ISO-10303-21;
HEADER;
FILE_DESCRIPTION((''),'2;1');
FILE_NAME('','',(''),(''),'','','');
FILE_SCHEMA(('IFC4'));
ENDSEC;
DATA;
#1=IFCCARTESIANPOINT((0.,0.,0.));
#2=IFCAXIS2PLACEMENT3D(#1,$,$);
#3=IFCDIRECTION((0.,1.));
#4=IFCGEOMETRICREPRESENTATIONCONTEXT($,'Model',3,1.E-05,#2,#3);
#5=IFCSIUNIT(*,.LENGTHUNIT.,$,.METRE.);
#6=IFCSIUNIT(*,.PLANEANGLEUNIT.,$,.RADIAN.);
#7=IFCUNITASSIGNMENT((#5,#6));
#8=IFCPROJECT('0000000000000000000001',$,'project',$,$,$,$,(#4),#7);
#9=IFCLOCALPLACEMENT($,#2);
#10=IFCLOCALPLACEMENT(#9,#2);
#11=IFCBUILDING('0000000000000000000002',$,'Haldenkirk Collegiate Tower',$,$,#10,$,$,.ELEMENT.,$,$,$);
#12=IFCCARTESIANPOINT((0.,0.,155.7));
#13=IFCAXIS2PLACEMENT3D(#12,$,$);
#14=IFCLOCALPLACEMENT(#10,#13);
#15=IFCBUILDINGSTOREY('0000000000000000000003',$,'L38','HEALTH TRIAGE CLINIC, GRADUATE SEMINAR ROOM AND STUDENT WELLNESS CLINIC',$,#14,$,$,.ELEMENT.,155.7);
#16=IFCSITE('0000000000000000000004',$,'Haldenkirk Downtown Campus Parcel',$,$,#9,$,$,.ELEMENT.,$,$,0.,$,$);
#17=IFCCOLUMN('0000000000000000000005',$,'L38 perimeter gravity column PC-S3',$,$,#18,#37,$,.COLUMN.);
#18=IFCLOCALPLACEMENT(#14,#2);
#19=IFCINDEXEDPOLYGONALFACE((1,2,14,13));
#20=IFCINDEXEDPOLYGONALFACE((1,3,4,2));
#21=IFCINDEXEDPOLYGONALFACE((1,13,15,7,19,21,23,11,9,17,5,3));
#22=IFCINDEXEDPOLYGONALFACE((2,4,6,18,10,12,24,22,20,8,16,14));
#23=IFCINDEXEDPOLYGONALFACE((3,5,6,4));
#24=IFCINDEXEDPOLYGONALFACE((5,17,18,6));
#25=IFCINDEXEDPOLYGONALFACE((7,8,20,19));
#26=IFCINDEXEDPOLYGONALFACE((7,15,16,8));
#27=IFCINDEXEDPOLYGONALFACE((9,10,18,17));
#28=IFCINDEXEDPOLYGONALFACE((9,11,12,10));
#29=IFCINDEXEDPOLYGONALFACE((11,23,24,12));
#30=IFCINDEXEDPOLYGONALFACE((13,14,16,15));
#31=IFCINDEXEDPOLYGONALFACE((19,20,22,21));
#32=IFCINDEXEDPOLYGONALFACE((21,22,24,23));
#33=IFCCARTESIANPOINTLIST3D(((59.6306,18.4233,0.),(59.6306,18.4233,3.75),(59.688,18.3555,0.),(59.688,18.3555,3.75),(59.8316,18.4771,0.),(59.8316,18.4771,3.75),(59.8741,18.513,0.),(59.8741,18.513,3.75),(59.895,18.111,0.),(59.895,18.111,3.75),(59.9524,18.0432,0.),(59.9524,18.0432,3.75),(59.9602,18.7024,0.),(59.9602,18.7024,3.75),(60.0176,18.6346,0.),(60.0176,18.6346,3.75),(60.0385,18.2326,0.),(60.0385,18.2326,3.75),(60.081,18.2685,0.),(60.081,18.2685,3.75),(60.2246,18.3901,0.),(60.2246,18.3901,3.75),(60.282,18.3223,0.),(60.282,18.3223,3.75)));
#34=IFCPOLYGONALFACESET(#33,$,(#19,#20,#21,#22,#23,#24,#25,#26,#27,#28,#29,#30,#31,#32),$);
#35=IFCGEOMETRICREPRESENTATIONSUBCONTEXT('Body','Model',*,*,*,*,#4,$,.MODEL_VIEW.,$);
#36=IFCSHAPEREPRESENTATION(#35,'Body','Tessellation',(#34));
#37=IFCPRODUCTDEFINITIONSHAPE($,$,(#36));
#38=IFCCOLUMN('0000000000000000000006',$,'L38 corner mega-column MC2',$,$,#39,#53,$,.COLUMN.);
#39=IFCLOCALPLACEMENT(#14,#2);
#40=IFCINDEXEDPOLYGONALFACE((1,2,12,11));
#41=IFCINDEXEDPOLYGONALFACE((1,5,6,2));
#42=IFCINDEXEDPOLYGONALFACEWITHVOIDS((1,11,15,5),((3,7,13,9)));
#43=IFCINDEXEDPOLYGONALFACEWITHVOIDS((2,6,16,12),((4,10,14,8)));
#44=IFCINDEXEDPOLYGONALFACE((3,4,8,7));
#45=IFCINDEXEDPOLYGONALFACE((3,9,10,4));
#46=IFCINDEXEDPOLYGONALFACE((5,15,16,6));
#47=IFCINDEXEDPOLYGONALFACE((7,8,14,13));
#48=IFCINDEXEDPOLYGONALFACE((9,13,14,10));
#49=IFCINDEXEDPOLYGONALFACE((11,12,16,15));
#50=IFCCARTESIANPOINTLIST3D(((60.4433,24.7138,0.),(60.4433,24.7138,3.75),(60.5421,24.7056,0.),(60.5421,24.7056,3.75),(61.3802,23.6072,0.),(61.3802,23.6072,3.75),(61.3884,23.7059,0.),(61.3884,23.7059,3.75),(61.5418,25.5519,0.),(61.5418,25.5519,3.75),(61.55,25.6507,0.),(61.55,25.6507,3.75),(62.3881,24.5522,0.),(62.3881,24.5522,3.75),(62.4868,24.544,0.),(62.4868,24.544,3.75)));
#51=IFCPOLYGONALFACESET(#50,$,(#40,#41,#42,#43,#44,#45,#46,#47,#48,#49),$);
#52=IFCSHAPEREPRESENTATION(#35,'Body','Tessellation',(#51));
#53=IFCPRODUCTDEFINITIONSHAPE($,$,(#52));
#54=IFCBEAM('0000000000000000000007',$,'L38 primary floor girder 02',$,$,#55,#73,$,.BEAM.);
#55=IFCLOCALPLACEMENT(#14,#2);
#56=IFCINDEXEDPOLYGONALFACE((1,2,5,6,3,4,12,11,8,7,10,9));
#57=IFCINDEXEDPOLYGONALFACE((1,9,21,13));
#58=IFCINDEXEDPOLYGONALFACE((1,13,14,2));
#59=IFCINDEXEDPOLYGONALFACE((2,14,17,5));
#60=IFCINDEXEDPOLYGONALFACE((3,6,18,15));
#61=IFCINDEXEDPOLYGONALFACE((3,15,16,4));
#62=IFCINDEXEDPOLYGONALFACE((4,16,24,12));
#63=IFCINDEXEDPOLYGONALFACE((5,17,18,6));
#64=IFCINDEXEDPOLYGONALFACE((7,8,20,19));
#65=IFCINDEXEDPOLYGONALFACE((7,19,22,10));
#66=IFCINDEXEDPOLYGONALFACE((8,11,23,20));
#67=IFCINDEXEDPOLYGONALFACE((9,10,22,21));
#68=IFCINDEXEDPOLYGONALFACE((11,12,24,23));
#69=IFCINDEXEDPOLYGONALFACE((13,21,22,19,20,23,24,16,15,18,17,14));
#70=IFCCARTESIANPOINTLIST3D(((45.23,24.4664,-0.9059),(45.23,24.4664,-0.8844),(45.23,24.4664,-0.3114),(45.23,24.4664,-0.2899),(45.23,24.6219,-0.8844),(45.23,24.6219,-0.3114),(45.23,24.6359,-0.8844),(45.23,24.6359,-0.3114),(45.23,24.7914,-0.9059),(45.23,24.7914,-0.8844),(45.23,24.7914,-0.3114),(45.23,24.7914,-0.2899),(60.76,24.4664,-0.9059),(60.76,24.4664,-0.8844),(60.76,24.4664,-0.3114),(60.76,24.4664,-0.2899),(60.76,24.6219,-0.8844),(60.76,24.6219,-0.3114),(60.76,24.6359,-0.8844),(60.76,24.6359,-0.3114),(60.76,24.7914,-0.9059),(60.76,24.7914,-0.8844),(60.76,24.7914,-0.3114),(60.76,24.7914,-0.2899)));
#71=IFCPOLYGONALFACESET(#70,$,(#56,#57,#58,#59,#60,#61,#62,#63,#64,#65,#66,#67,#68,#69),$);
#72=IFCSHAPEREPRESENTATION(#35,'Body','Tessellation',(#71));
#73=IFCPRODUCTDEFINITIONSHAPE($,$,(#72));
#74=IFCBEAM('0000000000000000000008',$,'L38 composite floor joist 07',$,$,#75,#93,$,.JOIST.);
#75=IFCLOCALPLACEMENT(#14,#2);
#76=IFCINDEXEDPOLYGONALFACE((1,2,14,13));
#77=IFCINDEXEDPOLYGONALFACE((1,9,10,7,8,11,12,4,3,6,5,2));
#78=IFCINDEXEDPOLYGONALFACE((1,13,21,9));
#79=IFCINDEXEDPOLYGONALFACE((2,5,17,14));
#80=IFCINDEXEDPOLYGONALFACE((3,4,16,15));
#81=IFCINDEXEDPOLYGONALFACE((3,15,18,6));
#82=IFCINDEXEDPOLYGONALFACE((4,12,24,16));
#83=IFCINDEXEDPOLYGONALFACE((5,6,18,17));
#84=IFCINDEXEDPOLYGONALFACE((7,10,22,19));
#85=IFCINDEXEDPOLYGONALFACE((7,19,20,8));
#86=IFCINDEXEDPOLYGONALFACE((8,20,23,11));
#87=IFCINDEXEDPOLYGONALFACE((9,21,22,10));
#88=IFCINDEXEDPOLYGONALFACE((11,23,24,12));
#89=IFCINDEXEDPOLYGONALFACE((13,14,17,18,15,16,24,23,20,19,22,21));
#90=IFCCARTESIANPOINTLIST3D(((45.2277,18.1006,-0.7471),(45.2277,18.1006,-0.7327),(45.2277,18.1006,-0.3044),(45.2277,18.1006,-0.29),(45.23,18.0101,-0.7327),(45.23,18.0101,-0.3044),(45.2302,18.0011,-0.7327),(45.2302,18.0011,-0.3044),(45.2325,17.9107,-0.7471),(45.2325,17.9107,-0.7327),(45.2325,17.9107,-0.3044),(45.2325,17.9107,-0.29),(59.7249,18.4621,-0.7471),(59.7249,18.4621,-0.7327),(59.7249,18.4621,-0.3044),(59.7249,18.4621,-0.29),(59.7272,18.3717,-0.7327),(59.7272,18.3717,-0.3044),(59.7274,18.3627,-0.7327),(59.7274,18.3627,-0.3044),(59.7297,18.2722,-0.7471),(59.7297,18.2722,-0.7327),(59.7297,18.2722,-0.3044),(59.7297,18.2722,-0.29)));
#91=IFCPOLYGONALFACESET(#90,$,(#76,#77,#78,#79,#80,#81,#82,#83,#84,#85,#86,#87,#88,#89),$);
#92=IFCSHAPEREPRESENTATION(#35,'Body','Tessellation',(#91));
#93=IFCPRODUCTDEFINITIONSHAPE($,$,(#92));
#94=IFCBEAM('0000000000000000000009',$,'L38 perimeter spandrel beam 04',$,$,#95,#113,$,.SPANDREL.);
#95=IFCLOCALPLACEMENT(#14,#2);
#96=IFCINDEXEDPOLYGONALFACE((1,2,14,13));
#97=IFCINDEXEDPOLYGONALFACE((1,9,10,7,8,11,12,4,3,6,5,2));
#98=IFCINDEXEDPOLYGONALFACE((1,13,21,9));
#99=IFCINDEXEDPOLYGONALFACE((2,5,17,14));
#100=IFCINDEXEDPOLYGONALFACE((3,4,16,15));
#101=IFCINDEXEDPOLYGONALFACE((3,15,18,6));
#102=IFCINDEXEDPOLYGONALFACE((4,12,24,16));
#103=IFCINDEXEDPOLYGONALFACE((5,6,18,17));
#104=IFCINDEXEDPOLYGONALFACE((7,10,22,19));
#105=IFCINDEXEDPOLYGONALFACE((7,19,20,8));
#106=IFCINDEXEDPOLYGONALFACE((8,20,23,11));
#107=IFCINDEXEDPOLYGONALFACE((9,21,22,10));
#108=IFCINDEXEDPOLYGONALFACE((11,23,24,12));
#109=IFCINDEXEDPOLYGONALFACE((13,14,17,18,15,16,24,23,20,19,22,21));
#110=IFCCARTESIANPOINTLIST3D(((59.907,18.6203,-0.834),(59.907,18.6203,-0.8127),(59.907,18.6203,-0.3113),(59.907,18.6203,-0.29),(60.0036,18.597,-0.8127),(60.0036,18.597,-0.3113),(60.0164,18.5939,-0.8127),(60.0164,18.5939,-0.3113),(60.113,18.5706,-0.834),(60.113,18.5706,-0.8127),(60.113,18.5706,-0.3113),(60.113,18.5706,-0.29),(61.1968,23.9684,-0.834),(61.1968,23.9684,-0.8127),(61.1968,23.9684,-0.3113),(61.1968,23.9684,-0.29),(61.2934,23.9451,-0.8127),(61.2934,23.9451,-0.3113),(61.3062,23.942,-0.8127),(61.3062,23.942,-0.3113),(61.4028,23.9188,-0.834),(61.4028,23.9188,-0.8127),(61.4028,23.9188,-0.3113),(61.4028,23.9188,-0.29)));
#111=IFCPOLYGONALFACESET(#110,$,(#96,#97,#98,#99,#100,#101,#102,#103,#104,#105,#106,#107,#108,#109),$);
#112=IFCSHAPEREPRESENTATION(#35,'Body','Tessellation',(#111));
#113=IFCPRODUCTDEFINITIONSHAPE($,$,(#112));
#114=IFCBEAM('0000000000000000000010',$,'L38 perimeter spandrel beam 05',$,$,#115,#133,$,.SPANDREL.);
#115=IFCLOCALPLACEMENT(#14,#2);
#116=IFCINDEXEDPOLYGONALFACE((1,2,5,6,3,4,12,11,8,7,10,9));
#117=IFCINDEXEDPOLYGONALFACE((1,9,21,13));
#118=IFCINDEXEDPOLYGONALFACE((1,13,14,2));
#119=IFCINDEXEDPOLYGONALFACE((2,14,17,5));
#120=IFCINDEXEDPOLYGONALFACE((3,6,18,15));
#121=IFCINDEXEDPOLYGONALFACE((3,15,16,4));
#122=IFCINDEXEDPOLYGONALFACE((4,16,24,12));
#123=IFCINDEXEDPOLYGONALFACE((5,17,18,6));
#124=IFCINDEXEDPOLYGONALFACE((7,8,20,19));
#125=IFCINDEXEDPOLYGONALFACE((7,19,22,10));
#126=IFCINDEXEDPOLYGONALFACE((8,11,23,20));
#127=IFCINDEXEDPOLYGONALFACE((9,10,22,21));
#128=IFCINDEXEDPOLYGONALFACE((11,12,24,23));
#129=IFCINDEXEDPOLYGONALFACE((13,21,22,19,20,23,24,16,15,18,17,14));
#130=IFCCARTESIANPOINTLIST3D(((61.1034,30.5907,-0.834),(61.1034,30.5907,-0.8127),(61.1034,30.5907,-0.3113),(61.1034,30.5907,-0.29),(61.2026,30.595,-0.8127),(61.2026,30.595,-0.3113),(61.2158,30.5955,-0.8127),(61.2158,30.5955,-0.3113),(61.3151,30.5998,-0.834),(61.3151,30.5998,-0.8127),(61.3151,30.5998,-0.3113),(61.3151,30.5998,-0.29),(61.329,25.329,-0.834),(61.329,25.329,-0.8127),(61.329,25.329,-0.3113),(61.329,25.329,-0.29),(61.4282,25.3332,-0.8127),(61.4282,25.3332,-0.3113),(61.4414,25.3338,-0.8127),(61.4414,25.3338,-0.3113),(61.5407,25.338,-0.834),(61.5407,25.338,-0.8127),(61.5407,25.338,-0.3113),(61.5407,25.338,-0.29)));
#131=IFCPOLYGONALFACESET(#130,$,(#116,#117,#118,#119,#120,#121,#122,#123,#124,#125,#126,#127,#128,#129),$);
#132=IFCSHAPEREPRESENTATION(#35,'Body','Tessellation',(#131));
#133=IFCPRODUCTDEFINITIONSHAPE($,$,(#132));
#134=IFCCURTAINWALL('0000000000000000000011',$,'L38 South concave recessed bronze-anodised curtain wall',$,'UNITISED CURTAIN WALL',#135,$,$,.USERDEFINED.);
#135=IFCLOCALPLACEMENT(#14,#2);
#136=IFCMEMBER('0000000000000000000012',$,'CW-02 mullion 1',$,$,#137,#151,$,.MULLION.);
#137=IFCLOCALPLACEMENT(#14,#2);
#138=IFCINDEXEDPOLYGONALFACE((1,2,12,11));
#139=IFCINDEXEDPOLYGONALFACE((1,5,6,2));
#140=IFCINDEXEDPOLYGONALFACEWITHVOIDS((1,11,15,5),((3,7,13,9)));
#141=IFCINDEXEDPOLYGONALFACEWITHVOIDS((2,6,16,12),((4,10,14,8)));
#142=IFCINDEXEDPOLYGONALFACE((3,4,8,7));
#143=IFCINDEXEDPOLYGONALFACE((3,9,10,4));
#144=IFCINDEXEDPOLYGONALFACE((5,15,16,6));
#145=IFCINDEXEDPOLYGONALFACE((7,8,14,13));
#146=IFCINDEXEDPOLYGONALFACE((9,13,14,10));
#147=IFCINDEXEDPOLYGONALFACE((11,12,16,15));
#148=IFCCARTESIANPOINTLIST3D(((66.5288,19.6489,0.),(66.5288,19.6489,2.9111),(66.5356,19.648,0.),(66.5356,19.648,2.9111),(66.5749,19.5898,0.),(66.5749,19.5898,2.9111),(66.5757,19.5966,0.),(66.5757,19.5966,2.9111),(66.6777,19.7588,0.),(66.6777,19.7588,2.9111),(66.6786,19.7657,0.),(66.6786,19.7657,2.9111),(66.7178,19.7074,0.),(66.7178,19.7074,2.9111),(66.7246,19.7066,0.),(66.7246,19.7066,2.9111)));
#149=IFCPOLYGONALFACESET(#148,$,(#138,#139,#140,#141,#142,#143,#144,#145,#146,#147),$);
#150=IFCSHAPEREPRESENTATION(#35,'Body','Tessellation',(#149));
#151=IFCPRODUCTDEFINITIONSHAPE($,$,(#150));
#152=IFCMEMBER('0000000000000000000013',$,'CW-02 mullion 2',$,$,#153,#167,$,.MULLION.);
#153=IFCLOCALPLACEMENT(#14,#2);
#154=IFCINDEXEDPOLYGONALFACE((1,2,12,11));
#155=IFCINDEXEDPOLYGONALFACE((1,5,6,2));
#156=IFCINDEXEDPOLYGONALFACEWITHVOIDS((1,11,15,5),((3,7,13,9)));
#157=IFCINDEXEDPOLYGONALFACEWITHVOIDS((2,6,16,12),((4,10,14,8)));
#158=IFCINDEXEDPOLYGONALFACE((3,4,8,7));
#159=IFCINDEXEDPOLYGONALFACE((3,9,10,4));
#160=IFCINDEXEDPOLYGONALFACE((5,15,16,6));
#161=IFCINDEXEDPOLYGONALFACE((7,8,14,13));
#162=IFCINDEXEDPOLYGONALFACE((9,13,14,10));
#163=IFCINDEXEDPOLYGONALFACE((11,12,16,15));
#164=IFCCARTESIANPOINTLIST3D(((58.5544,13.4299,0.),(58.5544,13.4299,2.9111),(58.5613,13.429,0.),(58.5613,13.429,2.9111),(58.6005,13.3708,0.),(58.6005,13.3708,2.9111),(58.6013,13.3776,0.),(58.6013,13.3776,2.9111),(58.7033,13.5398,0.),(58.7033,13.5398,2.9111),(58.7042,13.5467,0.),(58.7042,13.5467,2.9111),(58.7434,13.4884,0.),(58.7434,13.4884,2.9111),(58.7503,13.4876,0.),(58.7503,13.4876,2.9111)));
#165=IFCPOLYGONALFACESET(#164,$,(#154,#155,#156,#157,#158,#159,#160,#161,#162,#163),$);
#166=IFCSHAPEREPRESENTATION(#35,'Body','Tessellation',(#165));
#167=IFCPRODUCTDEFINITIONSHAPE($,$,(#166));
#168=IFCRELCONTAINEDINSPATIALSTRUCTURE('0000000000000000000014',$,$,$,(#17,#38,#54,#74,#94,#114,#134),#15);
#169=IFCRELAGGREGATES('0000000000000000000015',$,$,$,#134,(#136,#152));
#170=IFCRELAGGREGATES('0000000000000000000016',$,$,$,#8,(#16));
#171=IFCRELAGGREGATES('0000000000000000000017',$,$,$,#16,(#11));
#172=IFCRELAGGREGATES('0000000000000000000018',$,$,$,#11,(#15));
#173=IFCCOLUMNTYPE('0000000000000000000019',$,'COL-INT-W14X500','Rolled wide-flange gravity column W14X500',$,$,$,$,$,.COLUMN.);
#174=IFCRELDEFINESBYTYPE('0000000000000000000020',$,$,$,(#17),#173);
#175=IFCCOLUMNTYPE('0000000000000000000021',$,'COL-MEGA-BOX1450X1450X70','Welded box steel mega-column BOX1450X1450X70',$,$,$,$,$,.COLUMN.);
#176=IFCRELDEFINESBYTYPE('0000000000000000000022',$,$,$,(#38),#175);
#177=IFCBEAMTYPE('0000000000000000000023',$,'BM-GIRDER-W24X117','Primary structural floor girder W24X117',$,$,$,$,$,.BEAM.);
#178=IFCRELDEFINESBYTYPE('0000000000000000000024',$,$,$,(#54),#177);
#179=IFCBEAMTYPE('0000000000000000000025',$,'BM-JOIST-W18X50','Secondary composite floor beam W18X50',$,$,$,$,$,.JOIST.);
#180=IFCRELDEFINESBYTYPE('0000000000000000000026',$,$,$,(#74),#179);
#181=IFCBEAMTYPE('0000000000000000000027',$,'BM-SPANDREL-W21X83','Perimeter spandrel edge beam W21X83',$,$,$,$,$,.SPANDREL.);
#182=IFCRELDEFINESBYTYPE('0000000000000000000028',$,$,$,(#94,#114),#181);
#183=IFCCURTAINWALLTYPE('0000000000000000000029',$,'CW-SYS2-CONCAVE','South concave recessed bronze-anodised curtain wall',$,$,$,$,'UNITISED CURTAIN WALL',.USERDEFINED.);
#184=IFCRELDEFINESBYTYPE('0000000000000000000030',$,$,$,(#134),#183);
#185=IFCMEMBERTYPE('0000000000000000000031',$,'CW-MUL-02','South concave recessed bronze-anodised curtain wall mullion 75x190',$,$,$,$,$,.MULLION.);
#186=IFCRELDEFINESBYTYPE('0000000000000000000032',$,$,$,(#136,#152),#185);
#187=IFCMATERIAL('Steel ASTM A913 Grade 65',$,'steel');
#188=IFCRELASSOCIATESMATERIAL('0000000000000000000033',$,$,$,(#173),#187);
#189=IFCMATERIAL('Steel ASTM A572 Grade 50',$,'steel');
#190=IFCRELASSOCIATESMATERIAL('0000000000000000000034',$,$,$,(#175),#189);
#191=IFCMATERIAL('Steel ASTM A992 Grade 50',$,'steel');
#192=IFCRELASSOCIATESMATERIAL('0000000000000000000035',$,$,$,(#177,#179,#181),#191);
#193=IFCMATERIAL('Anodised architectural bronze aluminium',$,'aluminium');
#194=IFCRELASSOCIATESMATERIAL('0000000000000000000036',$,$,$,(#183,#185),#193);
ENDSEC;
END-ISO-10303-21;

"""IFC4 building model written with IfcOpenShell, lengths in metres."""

from ifc_helpers import new_model, si_unit, direction, frame, origin, origin_2d, place, context, subcontext, project, spatial, hollow_rectangle, i_section, extrude, material, material_profile, profile_set, type_object, element, aggregate, save


model = new_model("IFC4")

# Units and contexts
model_context = context("Model", 3, precision=1e-05, world=origin(), true_north=direction((0.0, 1.0)))
body_context = subcontext(model_context, "Body", "Model", "MODEL_VIEW")
ifc_project = project(units=[si_unit("LENGTHUNIT", "METRE"), si_unit("PLANEANGLEUNIT", "RADIAN")], contexts=[model_context])

# Site, building, storey
site_placement = place(None, origin())
site = spatial("IfcSite", under=ifc_project, at=site_placement, Name="Haldenkirk Downtown Campus Parcel", CompositionType="ELEMENT", RefElevation=0.0)
building_placement = place(site_placement, origin())
building = spatial("IfcBuilding", under=site, at=building_placement, Name="Haldenkirk Collegiate Tower", CompositionType="ELEMENT")
storey_placement = place(building_placement, frame((0.0, 0.0, 155.7)))
storey = spatial("IfcBuildingStorey", under=building, at=storey_placement, Name="L38", Description="HEALTH TRIAGE CLINIC, GRADUATE SEMINAR ROOM AND STUDENT WELLNESS CLINIC", CompositionType="ELEMENT", Elevation=155.7)

# Columns
ifc_material_1 = material(Name="Steel ASTM A913 Grade 65", Category="steel")
ifc_material_profile_1 = material_profile(ifc_material_1, i_section(OverallWidth=0.4319, OverallDepth=0.498, WebThickness=0.0557, FlangeThickness=0.0889, at=origin_2d()), Name="W14X500")
ifc_profile_set_1 = profile_set([ifc_material_profile_1], Name="Steel ASTM A913 Grade 65")
column_type_1 = type_object("IfcColumnType", Name="COL-INT-W14X500", Description="Rolled wide-flange gravity column W14X500", PredefinedType="COLUMN", material=ifc_profile_set_1)
column_1_placement = place(storey_placement, frame((59.9563, 18.3728, 0.0), z_axis=(0.0, 0.0, 1.0), x_axis=(0.763232, 0.646124, 0.0)))
element("IfcColumn", 1, at=column_1_placement, inside=storey, type_object=column_type_1, Name="L38 perimeter gravity column PC-S3", PredefinedType="COLUMN", context=body_context, shape_type="SweptSolid", body=[
    extrude(i_section(OverallWidth=0.4319, OverallDepth=0.498, WebThickness=0.0557, FlangeThickness=0.0889, at=origin_2d()), origin(), (0.0, 0.0, 1.0), 3.75),
])
ifc_material_2 = material(Name="Steel ASTM A572 Grade 50", Category="steel")
ifc_material_profile_2 = material_profile(ifc_material_2, hollow_rectangle(XDim=1.45, YDim=1.45, WallThickness=0.0701, at=origin_2d()), Name="BOX1450X1450X70")
ifc_profile_set_2 = profile_set([ifc_material_profile_2], Name="Steel ASTM A572 Grade 50")
column_type_2 = type_object("IfcColumnType", Name="COL-MEGA-BOX1450X1450X70", Description="Welded box steel mega-column BOX1450X1450X70", PredefinedType="COLUMN", material=ifc_profile_set_2)
column_2_placement = place(storey_placement, frame((61.4651, 24.6289, 0.0), z_axis=(0.0, 0.0, 1.0), x_axis=(0.763232, 0.646124, 0.0)))
element("IfcColumn", 2, at=column_2_placement, inside=storey, type_object=column_type_2, Name="L38 corner mega-column MC2", PredefinedType="COLUMN", context=body_context, shape_type="SweptSolid", body=[
    extrude(hollow_rectangle(XDim=1.45, YDim=1.45, WallThickness=0.0701, at=origin_2d()), origin(), (0.0, 0.0, 1.0), 3.75),
])

# Beams
ifc_material_3 = material(Name="Steel ASTM A992 Grade 50", Category="steel")
ifc_material_profile_3 = material_profile(ifc_material_3, i_section(OverallWidth=0.325, OverallDepth=0.616, WebThickness=0.0139, FlangeThickness=0.0215, at=origin_2d()), Name="W24X117")
ifc_profile_set_3 = profile_set([ifc_material_profile_3], Name="Steel ASTM A992 Grade 50")
beam_type_1 = type_object("IfcBeamType", Name="BM-GIRDER-W24X117", Description="Primary structural floor girder W24X117", PredefinedType="BEAM", material=ifc_profile_set_3)
beam_1_placement = place(storey_placement, frame((60.76, 24.6289, -0.5979), z_axis=(-1.0, 0.0, 0.0), x_axis=(0.0, -1.0, 0.0)))
element("IfcBeam", 3, at=beam_1_placement, inside=storey, type_object=beam_type_1, Name="L38 primary floor girder 02", PredefinedType="BEAM", context=body_context, shape_type="SweptSolid", body=[
    extrude(i_section(OverallWidth=0.325, OverallDepth=0.616, WebThickness=0.0139, FlangeThickness=0.0215, at=origin_2d()), origin(), (0.0, 0.0, 1.0), 15.53),
])
ifc_material_profile_4 = material_profile(ifc_material_3, i_section(OverallWidth=0.1899, OverallDepth=0.457, WebThickness=0.009, FlangeThickness=0.0144, at=origin_2d()), Name="W18X50")
ifc_profile_set_4 = profile_set([ifc_material_profile_4], Name="Steel ASTM A992 Grade 50")
beam_type_2 = type_object("IfcBeamType", Name="BM-JOIST-W18X50", Description="Secondary composite floor beam W18X50", PredefinedType="JOIST", material=ifc_profile_set_4)
beam_2_placement = place(storey_placement, frame((59.7273, 18.3672, -0.5186), z_axis=(-0.999689, -0.024933, 0.0), x_axis=(0.024933, -0.999689, 0.0)))
element("IfcBeam", 4, at=beam_2_placement, inside=storey, type_object=beam_type_2, Name="L38 composite floor joist 07", PredefinedType="JOIST", context=body_context, shape_type="SweptSolid", body=[
    extrude(i_section(OverallWidth=0.1899, OverallDepth=0.457, WebThickness=0.009, FlangeThickness=0.0144, at=origin_2d()), origin(), (0.0, 0.0, 1.0), 14.5017),
])
ifc_material_profile_5 = material_profile(ifc_material_3, i_section(OverallWidth=0.2119, OverallDepth=0.5439, WebThickness=0.0132, FlangeThickness=0.0212, at=origin_2d()), Name="W21X83")
ifc_profile_set_5 = profile_set([ifc_material_profile_5], Name="Steel ASTM A992 Grade 50")
beam_type_3 = type_object("IfcBeamType", Name="BM-SPANDREL-W21X83", Description="Perimeter spandrel edge beam W21X83", PredefinedType="SPANDREL", material=ifc_profile_set_5)
beam_3_placement = place(storey_placement, frame((60.01, 18.5955, -0.562), z_axis=(0.234445, 0.972129, 0.0), x_axis=(-0.972129, 0.234445, 0.0)))
element("IfcBeam", 5, at=beam_3_placement, inside=storey, type_object=beam_type_3, Name="L38 perimeter spandrel beam 04", PredefinedType="SPANDREL", context=body_context, shape_type="SweptSolid", body=[
    extrude(i_section(OverallWidth=0.2119, OverallDepth=0.5439, WebThickness=0.0132, FlangeThickness=0.0212, at=origin_2d()), origin(), (0.0, 0.0, 1.0), 5.5015),
])
beam_4_placement = place(storey_placement, frame((61.4348, 25.3335, -0.562), z_axis=(-0.042834, 0.999082, 0.0), x_axis=(-0.999082, -0.042834, 0.0)))
element("IfcBeam", 6, at=beam_4_placement, inside=storey, type_object=beam_type_3, Name="L38 perimeter spandrel beam 05", PredefinedType="SPANDREL", context=body_context, shape_type="SweptSolid", body=[
    extrude(i_section(OverallWidth=0.2119, OverallDepth=0.5439, WebThickness=0.0132, FlangeThickness=0.0212, at=origin_2d()), origin(), (0.0, 0.0, 1.0), 5.2666),
])

# Curtain wall, members
ifc_material_4 = material(Name="Anodised architectural bronze aluminium", Category="aluminium")
curtain_wall_type = type_object("IfcCurtainWallType", Name="CW-SYS2-CONCAVE", Description="South concave recessed bronze-anodised curtain wall", ElementType="UNITISED CURTAIN WALL", PredefinedType="USERDEFINED", material=ifc_material_4)
curtain_wall_placement = place(storey_placement, origin())
curtain_wall = element("IfcCurtainWall", 7, at=curtain_wall_placement, inside=storey, type_object=curtain_wall_type, Name="L38 South concave recessed bronze-anodised curtain wall", ObjectType="UNITISED CURTAIN WALL", PredefinedType="USERDEFINED")
ifc_material_profile_6 = material_profile(ifc_material_4, hollow_rectangle(XDim=0.075, YDim=0.1899, WallThickness=0.0049, at=origin_2d()), Name="CW-MUL-02")
ifc_profile_set_6 = profile_set([ifc_material_profile_6], Name="Anodised architectural bronze aluminium")
member_type_1 = type_object("IfcMemberType", Name="CW-MUL-02", Description="South concave recessed bronze-anodised curtain wall mullion 75x190", PredefinedType="MULLION", material=ifc_profile_set_6)
member_1_placement = place(storey_placement, frame((66.6267, 19.6777, 0.0), z_axis=(0.0, 0.0, 1.0), x_axis=(0.614974, -0.788548, 0.0)))
member_1 = element("IfcMember", 8, at=member_1_placement, type_object=member_type_1, Name="CW-02 mullion 1", PredefinedType="MULLION", context=body_context, shape_type="SweptSolid", body=[
    extrude(hollow_rectangle(XDim=0.075, YDim=0.1899, WallThickness=0.0049, at=origin_2d()), origin(), (0.0, 0.0, 1.0), 2.9111),
])
member_2_placement = place(storey_placement, frame((58.6523, 13.4587, 0.0), z_axis=(0.0, 0.0, 1.0), x_axis=(0.614974, -0.788548, 0.0)))
member_2 = element("IfcMember", 9, at=member_2_placement, type_object=member_type_1, Name="CW-02 mullion 2", PredefinedType="MULLION", context=body_context, shape_type="SweptSolid", body=[
    extrude(hollow_rectangle(XDim=0.075, YDim=0.1899, WallThickness=0.0049, at=origin_2d()), origin(), (0.0, 0.0, 1.0), 2.9111),
])
aggregate(curtain_wall, [member_1, member_2])

save(model, "model.ifc")
